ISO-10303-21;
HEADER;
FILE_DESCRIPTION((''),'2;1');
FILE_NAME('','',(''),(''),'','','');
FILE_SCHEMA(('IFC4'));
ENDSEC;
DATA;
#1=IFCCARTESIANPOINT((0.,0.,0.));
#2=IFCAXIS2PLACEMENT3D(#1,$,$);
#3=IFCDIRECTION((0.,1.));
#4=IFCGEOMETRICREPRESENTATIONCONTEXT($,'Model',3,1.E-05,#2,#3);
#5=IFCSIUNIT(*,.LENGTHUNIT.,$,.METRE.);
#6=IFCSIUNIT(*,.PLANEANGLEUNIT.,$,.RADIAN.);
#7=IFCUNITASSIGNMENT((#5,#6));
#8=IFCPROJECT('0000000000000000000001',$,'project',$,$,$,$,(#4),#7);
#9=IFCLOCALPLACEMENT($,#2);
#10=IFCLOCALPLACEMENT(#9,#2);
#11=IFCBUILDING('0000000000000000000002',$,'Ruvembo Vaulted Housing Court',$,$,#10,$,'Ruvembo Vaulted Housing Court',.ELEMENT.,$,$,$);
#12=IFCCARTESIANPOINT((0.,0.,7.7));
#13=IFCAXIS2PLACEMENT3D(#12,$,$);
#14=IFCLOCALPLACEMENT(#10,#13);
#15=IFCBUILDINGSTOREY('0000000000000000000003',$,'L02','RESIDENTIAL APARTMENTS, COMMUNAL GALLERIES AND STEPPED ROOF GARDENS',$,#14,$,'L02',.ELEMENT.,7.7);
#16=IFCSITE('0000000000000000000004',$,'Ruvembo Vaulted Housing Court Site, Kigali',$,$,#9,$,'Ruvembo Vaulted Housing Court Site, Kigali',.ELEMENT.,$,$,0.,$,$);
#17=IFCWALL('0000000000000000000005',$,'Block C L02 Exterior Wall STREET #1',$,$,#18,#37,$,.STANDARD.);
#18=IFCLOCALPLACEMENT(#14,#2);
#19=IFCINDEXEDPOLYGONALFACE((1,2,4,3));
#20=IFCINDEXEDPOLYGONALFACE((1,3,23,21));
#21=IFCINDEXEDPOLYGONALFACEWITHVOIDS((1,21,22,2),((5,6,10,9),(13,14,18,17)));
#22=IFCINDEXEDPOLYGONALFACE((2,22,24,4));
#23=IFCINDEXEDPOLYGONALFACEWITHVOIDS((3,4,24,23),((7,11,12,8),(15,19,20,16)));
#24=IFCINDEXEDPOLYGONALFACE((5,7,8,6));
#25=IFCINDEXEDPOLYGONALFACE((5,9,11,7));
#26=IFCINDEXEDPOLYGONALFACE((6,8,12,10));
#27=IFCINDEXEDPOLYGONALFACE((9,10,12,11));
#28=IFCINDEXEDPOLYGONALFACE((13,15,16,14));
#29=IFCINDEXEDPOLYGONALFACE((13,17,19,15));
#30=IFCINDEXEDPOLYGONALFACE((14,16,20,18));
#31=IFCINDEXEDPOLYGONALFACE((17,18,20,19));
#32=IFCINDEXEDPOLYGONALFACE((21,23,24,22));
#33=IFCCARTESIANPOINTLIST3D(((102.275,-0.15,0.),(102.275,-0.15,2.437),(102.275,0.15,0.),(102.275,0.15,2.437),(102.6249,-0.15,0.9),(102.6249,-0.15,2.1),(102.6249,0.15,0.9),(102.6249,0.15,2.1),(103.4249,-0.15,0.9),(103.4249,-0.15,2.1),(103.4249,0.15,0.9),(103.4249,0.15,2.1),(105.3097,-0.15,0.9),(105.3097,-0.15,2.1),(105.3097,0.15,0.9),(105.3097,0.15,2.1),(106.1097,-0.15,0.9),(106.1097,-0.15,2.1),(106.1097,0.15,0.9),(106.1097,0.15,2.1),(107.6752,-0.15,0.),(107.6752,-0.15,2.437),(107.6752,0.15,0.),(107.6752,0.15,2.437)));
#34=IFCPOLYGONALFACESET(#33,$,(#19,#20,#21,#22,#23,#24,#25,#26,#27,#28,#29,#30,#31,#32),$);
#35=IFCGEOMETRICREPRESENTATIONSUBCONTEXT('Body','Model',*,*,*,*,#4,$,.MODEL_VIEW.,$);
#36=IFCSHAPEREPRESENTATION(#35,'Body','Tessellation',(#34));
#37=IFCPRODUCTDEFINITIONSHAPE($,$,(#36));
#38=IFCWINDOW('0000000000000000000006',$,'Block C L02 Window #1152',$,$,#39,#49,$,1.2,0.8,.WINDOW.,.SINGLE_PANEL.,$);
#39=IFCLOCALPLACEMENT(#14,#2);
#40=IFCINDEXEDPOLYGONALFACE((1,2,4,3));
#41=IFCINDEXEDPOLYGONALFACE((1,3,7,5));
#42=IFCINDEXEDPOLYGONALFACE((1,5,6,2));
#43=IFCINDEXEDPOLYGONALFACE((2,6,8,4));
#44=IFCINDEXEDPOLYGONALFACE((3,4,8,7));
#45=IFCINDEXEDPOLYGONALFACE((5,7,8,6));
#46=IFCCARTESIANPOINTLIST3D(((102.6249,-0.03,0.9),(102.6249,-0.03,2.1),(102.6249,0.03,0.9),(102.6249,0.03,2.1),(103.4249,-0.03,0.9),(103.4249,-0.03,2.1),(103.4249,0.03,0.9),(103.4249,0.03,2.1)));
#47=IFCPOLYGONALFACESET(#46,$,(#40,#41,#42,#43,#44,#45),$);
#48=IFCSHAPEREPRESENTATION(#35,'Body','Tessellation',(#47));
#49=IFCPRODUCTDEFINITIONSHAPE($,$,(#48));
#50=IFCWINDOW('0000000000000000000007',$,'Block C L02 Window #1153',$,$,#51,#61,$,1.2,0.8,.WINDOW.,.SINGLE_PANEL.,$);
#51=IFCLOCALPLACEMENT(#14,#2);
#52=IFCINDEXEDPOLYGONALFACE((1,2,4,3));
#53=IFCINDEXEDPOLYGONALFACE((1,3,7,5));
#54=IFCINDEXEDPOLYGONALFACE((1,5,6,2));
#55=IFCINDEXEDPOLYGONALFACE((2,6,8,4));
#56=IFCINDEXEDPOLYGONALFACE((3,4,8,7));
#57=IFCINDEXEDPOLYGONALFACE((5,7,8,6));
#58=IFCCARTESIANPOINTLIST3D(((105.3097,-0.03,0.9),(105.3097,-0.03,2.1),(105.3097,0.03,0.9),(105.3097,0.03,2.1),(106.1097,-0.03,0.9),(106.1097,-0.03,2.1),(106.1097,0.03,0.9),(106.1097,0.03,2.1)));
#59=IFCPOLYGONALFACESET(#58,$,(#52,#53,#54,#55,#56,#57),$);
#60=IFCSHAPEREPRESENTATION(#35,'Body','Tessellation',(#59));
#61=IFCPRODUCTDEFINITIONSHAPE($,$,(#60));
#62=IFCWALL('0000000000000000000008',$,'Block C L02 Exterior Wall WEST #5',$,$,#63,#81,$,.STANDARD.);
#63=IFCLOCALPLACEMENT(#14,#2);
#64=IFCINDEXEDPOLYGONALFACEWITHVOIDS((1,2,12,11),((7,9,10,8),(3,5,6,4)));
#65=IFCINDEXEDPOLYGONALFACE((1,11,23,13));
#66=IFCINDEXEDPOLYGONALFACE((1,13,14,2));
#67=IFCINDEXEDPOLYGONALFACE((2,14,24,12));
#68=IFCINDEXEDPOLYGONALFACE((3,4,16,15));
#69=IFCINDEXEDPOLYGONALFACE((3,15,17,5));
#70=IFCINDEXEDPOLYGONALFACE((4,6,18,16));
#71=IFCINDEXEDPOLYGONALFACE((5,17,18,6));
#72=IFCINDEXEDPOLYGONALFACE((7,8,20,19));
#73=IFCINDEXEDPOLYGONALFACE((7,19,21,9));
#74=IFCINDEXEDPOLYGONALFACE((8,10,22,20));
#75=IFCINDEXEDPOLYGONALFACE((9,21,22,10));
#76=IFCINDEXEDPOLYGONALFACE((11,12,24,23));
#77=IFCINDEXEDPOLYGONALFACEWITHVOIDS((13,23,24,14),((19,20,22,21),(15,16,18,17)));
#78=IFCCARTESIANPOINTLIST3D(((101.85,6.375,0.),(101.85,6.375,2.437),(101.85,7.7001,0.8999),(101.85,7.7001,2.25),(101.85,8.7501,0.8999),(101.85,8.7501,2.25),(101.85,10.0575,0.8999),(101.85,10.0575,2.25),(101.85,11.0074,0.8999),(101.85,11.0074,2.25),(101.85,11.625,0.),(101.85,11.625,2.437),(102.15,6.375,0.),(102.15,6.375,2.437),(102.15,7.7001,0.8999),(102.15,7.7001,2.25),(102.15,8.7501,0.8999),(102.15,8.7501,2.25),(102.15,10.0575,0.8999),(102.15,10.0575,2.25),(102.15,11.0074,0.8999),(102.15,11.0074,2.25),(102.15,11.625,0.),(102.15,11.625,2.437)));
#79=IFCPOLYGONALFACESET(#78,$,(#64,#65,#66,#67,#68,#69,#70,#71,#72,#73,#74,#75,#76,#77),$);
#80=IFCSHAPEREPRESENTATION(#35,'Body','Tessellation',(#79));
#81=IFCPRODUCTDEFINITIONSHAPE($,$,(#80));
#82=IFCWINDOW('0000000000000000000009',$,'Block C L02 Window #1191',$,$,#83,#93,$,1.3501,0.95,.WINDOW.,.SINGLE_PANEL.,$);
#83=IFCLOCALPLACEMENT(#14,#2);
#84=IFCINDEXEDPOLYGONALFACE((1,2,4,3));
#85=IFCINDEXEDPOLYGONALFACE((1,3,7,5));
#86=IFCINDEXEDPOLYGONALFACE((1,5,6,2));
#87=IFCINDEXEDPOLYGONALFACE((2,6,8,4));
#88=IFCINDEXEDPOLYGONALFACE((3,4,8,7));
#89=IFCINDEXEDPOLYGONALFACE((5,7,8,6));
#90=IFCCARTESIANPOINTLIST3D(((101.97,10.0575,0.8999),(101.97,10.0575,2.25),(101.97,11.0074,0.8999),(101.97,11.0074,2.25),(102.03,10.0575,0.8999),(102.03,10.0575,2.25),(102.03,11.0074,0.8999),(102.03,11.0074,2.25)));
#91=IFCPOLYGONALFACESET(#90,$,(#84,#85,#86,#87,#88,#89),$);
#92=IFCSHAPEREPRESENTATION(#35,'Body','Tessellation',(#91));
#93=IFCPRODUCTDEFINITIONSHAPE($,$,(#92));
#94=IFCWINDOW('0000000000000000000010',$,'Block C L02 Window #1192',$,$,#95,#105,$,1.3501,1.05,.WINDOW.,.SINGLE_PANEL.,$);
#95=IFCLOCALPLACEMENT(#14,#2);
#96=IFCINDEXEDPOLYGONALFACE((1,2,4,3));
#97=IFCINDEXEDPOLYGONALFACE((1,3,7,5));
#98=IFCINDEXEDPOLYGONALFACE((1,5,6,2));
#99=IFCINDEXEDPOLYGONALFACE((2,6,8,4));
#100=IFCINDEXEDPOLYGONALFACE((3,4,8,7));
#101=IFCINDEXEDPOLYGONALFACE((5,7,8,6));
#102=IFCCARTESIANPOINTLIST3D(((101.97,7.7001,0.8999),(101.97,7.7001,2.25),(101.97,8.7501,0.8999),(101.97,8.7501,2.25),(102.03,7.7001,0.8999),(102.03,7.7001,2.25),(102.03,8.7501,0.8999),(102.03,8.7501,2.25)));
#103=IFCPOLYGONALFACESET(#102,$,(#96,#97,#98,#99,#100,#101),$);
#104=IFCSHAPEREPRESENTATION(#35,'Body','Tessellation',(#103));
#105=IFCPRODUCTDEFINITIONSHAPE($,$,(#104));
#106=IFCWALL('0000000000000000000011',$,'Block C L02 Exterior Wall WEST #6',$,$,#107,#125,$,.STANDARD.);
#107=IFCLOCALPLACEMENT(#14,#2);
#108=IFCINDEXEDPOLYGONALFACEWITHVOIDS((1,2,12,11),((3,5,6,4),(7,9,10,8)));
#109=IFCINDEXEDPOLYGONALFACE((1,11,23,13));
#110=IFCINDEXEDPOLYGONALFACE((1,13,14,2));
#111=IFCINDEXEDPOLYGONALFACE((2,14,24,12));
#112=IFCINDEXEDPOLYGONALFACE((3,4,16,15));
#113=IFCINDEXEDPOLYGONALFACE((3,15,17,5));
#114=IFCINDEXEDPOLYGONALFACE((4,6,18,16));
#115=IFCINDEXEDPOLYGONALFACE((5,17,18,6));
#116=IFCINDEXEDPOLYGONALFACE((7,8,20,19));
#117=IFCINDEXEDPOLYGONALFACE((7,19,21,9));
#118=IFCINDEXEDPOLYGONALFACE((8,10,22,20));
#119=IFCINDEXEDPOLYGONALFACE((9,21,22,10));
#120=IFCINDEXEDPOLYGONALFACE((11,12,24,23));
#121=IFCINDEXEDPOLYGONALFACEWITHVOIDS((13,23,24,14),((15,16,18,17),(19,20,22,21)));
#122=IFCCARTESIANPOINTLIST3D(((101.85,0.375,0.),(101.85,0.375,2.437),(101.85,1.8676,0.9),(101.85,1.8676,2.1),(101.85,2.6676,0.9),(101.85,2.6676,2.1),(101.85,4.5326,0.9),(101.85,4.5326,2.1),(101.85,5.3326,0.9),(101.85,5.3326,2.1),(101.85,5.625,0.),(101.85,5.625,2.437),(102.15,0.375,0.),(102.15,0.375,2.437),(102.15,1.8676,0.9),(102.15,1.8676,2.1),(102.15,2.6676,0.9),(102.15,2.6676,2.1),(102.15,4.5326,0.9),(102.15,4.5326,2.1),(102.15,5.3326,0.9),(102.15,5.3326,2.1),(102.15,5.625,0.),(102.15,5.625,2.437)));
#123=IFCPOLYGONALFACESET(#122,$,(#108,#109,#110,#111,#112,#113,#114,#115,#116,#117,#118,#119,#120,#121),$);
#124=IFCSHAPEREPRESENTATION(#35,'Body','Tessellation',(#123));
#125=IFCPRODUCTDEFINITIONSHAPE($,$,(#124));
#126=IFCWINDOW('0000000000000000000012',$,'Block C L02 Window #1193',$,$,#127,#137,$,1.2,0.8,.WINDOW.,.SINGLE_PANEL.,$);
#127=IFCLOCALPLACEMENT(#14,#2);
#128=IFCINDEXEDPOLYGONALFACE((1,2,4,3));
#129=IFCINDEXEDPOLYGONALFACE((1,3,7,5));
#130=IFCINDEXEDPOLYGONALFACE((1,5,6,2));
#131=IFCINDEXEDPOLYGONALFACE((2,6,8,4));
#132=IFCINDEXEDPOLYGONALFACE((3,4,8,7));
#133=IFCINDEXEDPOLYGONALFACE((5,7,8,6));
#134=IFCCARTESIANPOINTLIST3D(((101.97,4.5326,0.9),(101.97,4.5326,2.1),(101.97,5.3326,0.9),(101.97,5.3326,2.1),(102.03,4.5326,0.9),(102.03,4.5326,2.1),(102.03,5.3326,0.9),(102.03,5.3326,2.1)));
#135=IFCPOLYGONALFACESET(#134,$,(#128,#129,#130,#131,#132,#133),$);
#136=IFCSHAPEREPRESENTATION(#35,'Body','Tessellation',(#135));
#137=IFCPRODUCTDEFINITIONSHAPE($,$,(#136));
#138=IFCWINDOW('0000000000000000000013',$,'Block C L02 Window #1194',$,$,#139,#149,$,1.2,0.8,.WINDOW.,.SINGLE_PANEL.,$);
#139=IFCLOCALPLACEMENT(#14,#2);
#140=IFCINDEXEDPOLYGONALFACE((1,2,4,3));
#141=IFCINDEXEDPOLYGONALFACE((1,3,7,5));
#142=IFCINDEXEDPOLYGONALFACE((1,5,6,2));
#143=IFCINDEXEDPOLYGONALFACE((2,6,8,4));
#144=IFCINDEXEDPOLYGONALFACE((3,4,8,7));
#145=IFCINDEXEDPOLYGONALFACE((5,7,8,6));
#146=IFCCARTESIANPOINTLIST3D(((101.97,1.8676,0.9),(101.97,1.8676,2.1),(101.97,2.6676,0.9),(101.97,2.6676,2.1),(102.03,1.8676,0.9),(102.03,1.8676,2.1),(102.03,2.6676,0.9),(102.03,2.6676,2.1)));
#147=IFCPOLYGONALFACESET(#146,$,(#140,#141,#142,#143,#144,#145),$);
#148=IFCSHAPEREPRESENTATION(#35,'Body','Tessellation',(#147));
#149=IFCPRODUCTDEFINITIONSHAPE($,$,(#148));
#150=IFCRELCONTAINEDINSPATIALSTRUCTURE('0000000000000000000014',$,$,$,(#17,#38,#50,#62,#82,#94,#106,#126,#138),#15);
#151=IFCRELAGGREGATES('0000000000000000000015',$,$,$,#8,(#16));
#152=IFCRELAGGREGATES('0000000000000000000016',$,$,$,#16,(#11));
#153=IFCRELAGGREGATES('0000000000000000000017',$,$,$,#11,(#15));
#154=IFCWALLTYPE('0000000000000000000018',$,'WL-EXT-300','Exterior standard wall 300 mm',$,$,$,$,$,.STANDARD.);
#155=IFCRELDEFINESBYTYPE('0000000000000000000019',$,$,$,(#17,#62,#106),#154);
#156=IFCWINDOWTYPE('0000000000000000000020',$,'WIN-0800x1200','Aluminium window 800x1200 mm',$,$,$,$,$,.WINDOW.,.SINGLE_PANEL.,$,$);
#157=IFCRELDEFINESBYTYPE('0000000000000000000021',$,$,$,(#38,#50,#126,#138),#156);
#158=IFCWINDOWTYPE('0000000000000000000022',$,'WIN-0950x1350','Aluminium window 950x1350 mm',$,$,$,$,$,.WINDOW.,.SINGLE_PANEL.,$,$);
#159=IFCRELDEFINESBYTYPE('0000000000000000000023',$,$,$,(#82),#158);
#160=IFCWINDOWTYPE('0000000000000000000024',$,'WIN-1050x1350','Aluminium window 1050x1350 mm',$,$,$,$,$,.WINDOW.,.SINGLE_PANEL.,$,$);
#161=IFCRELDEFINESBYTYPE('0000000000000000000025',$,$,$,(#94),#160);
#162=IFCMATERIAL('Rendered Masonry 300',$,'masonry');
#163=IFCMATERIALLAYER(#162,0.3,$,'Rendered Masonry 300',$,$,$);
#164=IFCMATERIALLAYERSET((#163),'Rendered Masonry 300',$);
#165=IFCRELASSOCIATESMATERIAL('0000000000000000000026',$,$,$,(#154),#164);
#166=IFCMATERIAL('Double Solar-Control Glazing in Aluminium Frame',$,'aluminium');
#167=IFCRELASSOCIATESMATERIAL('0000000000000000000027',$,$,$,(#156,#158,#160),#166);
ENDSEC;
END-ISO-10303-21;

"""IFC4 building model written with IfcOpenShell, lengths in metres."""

from ifc_helpers import new_model, si_unit, direction, frame, frame_2d, origin, place, context, subcontext, project, spatial, rectangle, extrude, material, layer, layer_set, type_object, element, fill, save


model = new_model("IFC4")

# Units and contexts
model_context = context("Model", 3, precision=1e-05, world=origin(), true_north=direction((0.0, 1.0)))
body_context = subcontext(model_context, "Body", "Model", "MODEL_VIEW")
ifc_project = project(units=[si_unit("LENGTHUNIT", "METRE"), si_unit("PLANEANGLEUNIT", "RADIAN")], contexts=[model_context])

# Site, building, storey
site_placement = place(None, origin())
site = spatial("IfcSite", under=ifc_project, at=site_placement, Name="Ruvembo Vaulted Housing Court Site, Kigali", LongName="Ruvembo Vaulted Housing Court Site, Kigali", CompositionType="ELEMENT", RefElevation=0.0)
building_placement = place(site_placement, origin())
building = spatial("IfcBuilding", under=site, at=building_placement, Name="Ruvembo Vaulted Housing Court", LongName="Ruvembo Vaulted Housing Court", CompositionType="ELEMENT")
storey_placement = place(building_placement, frame((0.0, 0.0, 7.7)))
storey = spatial("IfcBuildingStorey", under=building, at=storey_placement, Name="L02", Description="RESIDENTIAL APARTMENTS, COMMUNAL GALLERIES AND STEPPED ROOF GARDENS", LongName="L02", CompositionType="ELEMENT", Elevation=7.7)

# Walls, openings, windows
ifc_material_1 = material(Name="Rendered Masonry 300", Category="masonry")
ifc_layer_1 = layer(ifc_material_1, 0.3, Name="Rendered Masonry 300")
ifc_layer_set_1 = layer_set([ifc_layer_1], Name="Rendered Masonry 300")
wall_type_1 = type_object("IfcWallType", Name="WL-EXT-300", Description="Exterior standard wall 300 mm", PredefinedType="STANDARD", material=ifc_layer_set_1)
wall_1_placement = place(storey_placement, frame((102.2749, 0.0, 0.0), z_axis=(0.0, 0.0, 1.0), x_axis=(1.0, 0.0, 0.0)))
wall_1 = element("IfcWall", 1, at=wall_1_placement, inside=storey, type_object=wall_type_1, Name="Block C L02 Exterior Wall STREET #1", PredefinedType="STANDARD", context=body_context, shape_type="SweptSolid", body=[
    extrude(rectangle(XDim=5.4001, YDim=0.3, at=frame_2d((2.7002, 0.0))), origin(), (0.0, 0.0, 1.0), 2.437),
])
opening_1_placement = place(wall_1_placement, frame((0.3501, 0.0, 0.8999)))
opening_1 = element("IfcOpeningElement", 2, at=opening_1_placement, cuts=wall_1, PredefinedType="OPENING", context=body_context, shape_type="SweptSolid", body=[
    extrude(rectangle(XDim=0.8, YDim=1.2, at=frame_2d((0.3999, 0.6001))), frame((0.0, 0.1599, 0.0), z_axis=(0.0, -1.0, 0.0), x_axis=(1.0, 0.0, 0.0)), (0.0, 0.0, 1.0), 0.3201),
])
opening_2_placement = place(wall_1_placement, frame((3.0349, 0.0, 0.8999)))
opening_2 = element("IfcOpeningElement", 3, at=opening_2_placement, cuts=wall_1, PredefinedType="OPENING", context=body_context, shape_type="SweptSolid", body=[
    extrude(rectangle(XDim=0.8, YDim=1.2, at=frame_2d((0.3999, 0.6001))), frame((0.0, 0.1599, 0.0), z_axis=(0.0, -1.0, 0.0), x_axis=(1.0, 0.0, 0.0)), (0.0, 0.0, 1.0), 0.3201),
])
ifc_material_2 = material(Name="Double Solar-Control Glazing in Aluminium Frame", Category="aluminium")
window_type_1 = type_object("IfcWindowType", Name="WIN-0800x1200", Description="Aluminium window 800x1200 mm", PartitioningType="SINGLE_PANEL", PredefinedType="WINDOW", material=ifc_material_2)
window_1_placement = place(opening_1_placement, origin())
window_1 = element("IfcWindow", 4, at=window_1_placement, inside=storey, type_object=window_type_1, Name="Block C L02 Window #1152", OverallHeight=1.2, OverallWidth=0.8, PartitioningType="SINGLE_PANEL", PredefinedType="WINDOW", context=body_context, shape_type="SweptSolid", body=[
    extrude(rectangle(XDim=0.8, YDim=1.2, at=frame_2d((0.3999, 0.6001))), frame((0.0, 0.03, 0.0), z_axis=(0.0, -1.0, 0.0), x_axis=(1.0, 0.0, 0.0)), (0.0, 0.0, 1.0), 0.0601),
])
fill(opening_1, window_1)
window_2_placement = place(opening_2_placement, origin())
window_2 = element("IfcWindow", 5, at=window_2_placement, inside=storey, type_object=window_type_1, Name="Block C L02 Window #1153", OverallHeight=1.2, OverallWidth=0.8, PartitioningType="SINGLE_PANEL", PredefinedType="WINDOW", context=body_context, shape_type="SweptSolid", body=[
    extrude(rectangle(XDim=0.8, YDim=1.2, at=frame_2d((0.3999, 0.6001))), frame((0.0, 0.03, 0.0), z_axis=(0.0, -1.0, 0.0), x_axis=(1.0, 0.0, 0.0)), (0.0, 0.0, 1.0), 0.0601),
])
fill(opening_2, window_2)
wall_2_placement = place(storey_placement, frame((102.0, 11.625, 0.0), z_axis=(0.0, 0.0, 1.0), x_axis=(0.0, -1.0, 0.0)))
wall_2 = element("IfcWall", 6, at=wall_2_placement, inside=storey, type_object=wall_type_1, Name="Block C L02 Exterior Wall WEST #5", PredefinedType="STANDARD", context=body_context, shape_type="SweptSolid", body=[
    extrude(rectangle(XDim=5.25, YDim=0.3, at=frame_2d((2.625, 0.0))), origin(), (0.0, 0.0, 1.0), 2.437),
])
opening_3_placement = place(wall_2_placement, frame((0.6174, 0.0, 0.8999)))
opening_3 = element("IfcOpeningElement", 7, at=opening_3_placement, cuts=wall_2, PredefinedType="OPENING", context=body_context, shape_type="SweptSolid", body=[
    extrude(rectangle(XDim=0.95, YDim=1.3501, at=frame_2d((0.4751, 0.675))), frame((0.0, 0.1599, 0.0), z_axis=(0.0, -1.0, 0.0), x_axis=(1.0, 0.0, 0.0)), (0.0, 0.0, 1.0), 0.3201),
])
opening_4_placement = place(wall_2_placement, frame((2.875, 0.0, 0.8999)))
opening_4 = element("IfcOpeningElement", 8, at=opening_4_placement, cuts=wall_2, PredefinedType="OPENING", context=body_context, shape_type="SweptSolid", body=[
    extrude(rectangle(XDim=1.05, YDim=1.3501, at=frame_2d((0.5249, 0.675))), frame((0.0, 0.1599, 0.0), z_axis=(0.0, -1.0, 0.0), x_axis=(1.0, 0.0, 0.0)), (0.0, 0.0, 1.0), 0.3201),
])
window_type_2 = type_object("IfcWindowType", Name="WIN-0950x1350", Description="Aluminium window 950x1350 mm", PartitioningType="SINGLE_PANEL", PredefinedType="WINDOW", material=ifc_material_2)
window_3_placement = place(opening_3_placement, origin())
window_3 = element("IfcWindow", 9, at=window_3_placement, inside=storey, type_object=window_type_2, Name="Block C L02 Window #1191", OverallHeight=1.3501, OverallWidth=0.95, PartitioningType="SINGLE_PANEL", PredefinedType="WINDOW", context=body_context, shape_type="SweptSolid", body=[
    extrude(rectangle(XDim=0.95, YDim=1.3501, at=frame_2d((0.4751, 0.675))), frame((0.0, 0.03, 0.0), z_axis=(0.0, -1.0, 0.0), x_axis=(1.0, 0.0, 0.0)), (0.0, 0.0, 1.0), 0.0601),
])
fill(opening_3, window_3)
window_type_3 = type_object("IfcWindowType", Name="WIN-1050x1350", Description="Aluminium window 1050x1350 mm", PartitioningType="SINGLE_PANEL", PredefinedType="WINDOW", material=ifc_material_2)
window_4_placement = place(opening_4_placement, origin())
window_4 = element("IfcWindow", 10, at=window_4_placement, inside=storey, type_object=window_type_3, Name="Block C L02 Window #1192", OverallHeight=1.3501, OverallWidth=1.05, PartitioningType="SINGLE_PANEL", PredefinedType="WINDOW", context=body_context, shape_type="SweptSolid", body=[
    extrude(rectangle(XDim=1.05, YDim=1.3501, at=frame_2d((0.5249, 0.675))), frame((0.0, 0.03, 0.0), z_axis=(0.0, -1.0, 0.0), x_axis=(1.0, 0.0, 0.0)), (0.0, 0.0, 1.0), 0.0601),
])
fill(opening_4, window_4)
wall_3_placement = place(storey_placement, frame((102.0, 5.625, 0.0), z_axis=(0.0, 0.0, 1.0), x_axis=(0.0, -1.0, 0.0)))
wall_3 = element("IfcWall", 11, at=wall_3_placement, inside=storey, type_object=wall_type_1, Name="Block C L02 Exterior Wall WEST #6", PredefinedType="STANDARD", context=body_context, shape_type="SweptSolid", body=[
    extrude(rectangle(XDim=5.25, YDim=0.3, at=frame_2d((2.625, 0.0))), origin(), (0.0, 0.0, 1.0), 2.437),
])
opening_5_placement = place(wall_3_placement, frame((0.2925, 0.0, 0.8999)))
opening_5 = element("IfcOpeningElement", 12, at=opening_5_placement, cuts=wall_3, PredefinedType="OPENING", context=body_context, shape_type="SweptSolid", body=[
    extrude(rectangle(XDim=0.8, YDim=1.2, at=frame_2d((0.3999, 0.6001))), frame((0.0, 0.1599, 0.0), z_axis=(0.0, -1.0, 0.0), x_axis=(1.0, 0.0, 0.0)), (0.0, 0.0, 1.0), 0.3201),
])
opening_6_placement = place(wall_3_placement, frame((2.9575, 0.0, 0.8999)))
opening_6 = element("IfcOpeningElement", 13, at=opening_6_placement, cuts=wall_3, PredefinedType="OPENING", context=body_context, shape_type="SweptSolid", body=[
    extrude(rectangle(XDim=0.8, YDim=1.2, at=frame_2d((0.3999, 0.6001))), frame((0.0, 0.1599, 0.0), z_axis=(0.0, -1.0, 0.0), x_axis=(1.0, 0.0, 0.0)), (0.0, 0.0, 1.0), 0.3201),
])
window_5_placement = place(opening_5_placement, origin())
window_5 = element("IfcWindow", 14, at=window_5_placement, inside=storey, type_object=window_type_1, Name="Block C L02 Window #1193", OverallHeight=1.2, OverallWidth=0.8, PartitioningType="SINGLE_PANEL", PredefinedType="WINDOW", context=body_context, shape_type="SweptSolid", body=[
    extrude(rectangle(XDim=0.8, YDim=1.2, at=frame_2d((0.3999, 0.6001))), frame((0.0, 0.03, 0.0), z_axis=(0.0, -1.0, 0.0), x_axis=(1.0, 0.0, 0.0)), (0.0, 0.0, 1.0), 0.0601),
])
fill(opening_5, window_5)
window_6_placement = place(opening_6_placement, origin())
window_6 = element("IfcWindow", 15, at=window_6_placement, inside=storey, type_object=window_type_1, Name="Block C L02 Window #1194", OverallHeight=1.2, OverallWidth=0.8, PartitioningType="SINGLE_PANEL", PredefinedType="WINDOW", context=body_context, shape_type="SweptSolid", body=[
    extrude(rectangle(XDim=0.8, YDim=1.2, at=frame_2d((0.3999, 0.6001))), frame((0.0, 0.03, 0.0), z_axis=(0.0, -1.0, 0.0), x_axis=(1.0, 0.0, 0.0)), (0.0, 0.0, 1.0), 0.0601),
])
fill(opening_6, window_6)

save(model, "model.ifc")
